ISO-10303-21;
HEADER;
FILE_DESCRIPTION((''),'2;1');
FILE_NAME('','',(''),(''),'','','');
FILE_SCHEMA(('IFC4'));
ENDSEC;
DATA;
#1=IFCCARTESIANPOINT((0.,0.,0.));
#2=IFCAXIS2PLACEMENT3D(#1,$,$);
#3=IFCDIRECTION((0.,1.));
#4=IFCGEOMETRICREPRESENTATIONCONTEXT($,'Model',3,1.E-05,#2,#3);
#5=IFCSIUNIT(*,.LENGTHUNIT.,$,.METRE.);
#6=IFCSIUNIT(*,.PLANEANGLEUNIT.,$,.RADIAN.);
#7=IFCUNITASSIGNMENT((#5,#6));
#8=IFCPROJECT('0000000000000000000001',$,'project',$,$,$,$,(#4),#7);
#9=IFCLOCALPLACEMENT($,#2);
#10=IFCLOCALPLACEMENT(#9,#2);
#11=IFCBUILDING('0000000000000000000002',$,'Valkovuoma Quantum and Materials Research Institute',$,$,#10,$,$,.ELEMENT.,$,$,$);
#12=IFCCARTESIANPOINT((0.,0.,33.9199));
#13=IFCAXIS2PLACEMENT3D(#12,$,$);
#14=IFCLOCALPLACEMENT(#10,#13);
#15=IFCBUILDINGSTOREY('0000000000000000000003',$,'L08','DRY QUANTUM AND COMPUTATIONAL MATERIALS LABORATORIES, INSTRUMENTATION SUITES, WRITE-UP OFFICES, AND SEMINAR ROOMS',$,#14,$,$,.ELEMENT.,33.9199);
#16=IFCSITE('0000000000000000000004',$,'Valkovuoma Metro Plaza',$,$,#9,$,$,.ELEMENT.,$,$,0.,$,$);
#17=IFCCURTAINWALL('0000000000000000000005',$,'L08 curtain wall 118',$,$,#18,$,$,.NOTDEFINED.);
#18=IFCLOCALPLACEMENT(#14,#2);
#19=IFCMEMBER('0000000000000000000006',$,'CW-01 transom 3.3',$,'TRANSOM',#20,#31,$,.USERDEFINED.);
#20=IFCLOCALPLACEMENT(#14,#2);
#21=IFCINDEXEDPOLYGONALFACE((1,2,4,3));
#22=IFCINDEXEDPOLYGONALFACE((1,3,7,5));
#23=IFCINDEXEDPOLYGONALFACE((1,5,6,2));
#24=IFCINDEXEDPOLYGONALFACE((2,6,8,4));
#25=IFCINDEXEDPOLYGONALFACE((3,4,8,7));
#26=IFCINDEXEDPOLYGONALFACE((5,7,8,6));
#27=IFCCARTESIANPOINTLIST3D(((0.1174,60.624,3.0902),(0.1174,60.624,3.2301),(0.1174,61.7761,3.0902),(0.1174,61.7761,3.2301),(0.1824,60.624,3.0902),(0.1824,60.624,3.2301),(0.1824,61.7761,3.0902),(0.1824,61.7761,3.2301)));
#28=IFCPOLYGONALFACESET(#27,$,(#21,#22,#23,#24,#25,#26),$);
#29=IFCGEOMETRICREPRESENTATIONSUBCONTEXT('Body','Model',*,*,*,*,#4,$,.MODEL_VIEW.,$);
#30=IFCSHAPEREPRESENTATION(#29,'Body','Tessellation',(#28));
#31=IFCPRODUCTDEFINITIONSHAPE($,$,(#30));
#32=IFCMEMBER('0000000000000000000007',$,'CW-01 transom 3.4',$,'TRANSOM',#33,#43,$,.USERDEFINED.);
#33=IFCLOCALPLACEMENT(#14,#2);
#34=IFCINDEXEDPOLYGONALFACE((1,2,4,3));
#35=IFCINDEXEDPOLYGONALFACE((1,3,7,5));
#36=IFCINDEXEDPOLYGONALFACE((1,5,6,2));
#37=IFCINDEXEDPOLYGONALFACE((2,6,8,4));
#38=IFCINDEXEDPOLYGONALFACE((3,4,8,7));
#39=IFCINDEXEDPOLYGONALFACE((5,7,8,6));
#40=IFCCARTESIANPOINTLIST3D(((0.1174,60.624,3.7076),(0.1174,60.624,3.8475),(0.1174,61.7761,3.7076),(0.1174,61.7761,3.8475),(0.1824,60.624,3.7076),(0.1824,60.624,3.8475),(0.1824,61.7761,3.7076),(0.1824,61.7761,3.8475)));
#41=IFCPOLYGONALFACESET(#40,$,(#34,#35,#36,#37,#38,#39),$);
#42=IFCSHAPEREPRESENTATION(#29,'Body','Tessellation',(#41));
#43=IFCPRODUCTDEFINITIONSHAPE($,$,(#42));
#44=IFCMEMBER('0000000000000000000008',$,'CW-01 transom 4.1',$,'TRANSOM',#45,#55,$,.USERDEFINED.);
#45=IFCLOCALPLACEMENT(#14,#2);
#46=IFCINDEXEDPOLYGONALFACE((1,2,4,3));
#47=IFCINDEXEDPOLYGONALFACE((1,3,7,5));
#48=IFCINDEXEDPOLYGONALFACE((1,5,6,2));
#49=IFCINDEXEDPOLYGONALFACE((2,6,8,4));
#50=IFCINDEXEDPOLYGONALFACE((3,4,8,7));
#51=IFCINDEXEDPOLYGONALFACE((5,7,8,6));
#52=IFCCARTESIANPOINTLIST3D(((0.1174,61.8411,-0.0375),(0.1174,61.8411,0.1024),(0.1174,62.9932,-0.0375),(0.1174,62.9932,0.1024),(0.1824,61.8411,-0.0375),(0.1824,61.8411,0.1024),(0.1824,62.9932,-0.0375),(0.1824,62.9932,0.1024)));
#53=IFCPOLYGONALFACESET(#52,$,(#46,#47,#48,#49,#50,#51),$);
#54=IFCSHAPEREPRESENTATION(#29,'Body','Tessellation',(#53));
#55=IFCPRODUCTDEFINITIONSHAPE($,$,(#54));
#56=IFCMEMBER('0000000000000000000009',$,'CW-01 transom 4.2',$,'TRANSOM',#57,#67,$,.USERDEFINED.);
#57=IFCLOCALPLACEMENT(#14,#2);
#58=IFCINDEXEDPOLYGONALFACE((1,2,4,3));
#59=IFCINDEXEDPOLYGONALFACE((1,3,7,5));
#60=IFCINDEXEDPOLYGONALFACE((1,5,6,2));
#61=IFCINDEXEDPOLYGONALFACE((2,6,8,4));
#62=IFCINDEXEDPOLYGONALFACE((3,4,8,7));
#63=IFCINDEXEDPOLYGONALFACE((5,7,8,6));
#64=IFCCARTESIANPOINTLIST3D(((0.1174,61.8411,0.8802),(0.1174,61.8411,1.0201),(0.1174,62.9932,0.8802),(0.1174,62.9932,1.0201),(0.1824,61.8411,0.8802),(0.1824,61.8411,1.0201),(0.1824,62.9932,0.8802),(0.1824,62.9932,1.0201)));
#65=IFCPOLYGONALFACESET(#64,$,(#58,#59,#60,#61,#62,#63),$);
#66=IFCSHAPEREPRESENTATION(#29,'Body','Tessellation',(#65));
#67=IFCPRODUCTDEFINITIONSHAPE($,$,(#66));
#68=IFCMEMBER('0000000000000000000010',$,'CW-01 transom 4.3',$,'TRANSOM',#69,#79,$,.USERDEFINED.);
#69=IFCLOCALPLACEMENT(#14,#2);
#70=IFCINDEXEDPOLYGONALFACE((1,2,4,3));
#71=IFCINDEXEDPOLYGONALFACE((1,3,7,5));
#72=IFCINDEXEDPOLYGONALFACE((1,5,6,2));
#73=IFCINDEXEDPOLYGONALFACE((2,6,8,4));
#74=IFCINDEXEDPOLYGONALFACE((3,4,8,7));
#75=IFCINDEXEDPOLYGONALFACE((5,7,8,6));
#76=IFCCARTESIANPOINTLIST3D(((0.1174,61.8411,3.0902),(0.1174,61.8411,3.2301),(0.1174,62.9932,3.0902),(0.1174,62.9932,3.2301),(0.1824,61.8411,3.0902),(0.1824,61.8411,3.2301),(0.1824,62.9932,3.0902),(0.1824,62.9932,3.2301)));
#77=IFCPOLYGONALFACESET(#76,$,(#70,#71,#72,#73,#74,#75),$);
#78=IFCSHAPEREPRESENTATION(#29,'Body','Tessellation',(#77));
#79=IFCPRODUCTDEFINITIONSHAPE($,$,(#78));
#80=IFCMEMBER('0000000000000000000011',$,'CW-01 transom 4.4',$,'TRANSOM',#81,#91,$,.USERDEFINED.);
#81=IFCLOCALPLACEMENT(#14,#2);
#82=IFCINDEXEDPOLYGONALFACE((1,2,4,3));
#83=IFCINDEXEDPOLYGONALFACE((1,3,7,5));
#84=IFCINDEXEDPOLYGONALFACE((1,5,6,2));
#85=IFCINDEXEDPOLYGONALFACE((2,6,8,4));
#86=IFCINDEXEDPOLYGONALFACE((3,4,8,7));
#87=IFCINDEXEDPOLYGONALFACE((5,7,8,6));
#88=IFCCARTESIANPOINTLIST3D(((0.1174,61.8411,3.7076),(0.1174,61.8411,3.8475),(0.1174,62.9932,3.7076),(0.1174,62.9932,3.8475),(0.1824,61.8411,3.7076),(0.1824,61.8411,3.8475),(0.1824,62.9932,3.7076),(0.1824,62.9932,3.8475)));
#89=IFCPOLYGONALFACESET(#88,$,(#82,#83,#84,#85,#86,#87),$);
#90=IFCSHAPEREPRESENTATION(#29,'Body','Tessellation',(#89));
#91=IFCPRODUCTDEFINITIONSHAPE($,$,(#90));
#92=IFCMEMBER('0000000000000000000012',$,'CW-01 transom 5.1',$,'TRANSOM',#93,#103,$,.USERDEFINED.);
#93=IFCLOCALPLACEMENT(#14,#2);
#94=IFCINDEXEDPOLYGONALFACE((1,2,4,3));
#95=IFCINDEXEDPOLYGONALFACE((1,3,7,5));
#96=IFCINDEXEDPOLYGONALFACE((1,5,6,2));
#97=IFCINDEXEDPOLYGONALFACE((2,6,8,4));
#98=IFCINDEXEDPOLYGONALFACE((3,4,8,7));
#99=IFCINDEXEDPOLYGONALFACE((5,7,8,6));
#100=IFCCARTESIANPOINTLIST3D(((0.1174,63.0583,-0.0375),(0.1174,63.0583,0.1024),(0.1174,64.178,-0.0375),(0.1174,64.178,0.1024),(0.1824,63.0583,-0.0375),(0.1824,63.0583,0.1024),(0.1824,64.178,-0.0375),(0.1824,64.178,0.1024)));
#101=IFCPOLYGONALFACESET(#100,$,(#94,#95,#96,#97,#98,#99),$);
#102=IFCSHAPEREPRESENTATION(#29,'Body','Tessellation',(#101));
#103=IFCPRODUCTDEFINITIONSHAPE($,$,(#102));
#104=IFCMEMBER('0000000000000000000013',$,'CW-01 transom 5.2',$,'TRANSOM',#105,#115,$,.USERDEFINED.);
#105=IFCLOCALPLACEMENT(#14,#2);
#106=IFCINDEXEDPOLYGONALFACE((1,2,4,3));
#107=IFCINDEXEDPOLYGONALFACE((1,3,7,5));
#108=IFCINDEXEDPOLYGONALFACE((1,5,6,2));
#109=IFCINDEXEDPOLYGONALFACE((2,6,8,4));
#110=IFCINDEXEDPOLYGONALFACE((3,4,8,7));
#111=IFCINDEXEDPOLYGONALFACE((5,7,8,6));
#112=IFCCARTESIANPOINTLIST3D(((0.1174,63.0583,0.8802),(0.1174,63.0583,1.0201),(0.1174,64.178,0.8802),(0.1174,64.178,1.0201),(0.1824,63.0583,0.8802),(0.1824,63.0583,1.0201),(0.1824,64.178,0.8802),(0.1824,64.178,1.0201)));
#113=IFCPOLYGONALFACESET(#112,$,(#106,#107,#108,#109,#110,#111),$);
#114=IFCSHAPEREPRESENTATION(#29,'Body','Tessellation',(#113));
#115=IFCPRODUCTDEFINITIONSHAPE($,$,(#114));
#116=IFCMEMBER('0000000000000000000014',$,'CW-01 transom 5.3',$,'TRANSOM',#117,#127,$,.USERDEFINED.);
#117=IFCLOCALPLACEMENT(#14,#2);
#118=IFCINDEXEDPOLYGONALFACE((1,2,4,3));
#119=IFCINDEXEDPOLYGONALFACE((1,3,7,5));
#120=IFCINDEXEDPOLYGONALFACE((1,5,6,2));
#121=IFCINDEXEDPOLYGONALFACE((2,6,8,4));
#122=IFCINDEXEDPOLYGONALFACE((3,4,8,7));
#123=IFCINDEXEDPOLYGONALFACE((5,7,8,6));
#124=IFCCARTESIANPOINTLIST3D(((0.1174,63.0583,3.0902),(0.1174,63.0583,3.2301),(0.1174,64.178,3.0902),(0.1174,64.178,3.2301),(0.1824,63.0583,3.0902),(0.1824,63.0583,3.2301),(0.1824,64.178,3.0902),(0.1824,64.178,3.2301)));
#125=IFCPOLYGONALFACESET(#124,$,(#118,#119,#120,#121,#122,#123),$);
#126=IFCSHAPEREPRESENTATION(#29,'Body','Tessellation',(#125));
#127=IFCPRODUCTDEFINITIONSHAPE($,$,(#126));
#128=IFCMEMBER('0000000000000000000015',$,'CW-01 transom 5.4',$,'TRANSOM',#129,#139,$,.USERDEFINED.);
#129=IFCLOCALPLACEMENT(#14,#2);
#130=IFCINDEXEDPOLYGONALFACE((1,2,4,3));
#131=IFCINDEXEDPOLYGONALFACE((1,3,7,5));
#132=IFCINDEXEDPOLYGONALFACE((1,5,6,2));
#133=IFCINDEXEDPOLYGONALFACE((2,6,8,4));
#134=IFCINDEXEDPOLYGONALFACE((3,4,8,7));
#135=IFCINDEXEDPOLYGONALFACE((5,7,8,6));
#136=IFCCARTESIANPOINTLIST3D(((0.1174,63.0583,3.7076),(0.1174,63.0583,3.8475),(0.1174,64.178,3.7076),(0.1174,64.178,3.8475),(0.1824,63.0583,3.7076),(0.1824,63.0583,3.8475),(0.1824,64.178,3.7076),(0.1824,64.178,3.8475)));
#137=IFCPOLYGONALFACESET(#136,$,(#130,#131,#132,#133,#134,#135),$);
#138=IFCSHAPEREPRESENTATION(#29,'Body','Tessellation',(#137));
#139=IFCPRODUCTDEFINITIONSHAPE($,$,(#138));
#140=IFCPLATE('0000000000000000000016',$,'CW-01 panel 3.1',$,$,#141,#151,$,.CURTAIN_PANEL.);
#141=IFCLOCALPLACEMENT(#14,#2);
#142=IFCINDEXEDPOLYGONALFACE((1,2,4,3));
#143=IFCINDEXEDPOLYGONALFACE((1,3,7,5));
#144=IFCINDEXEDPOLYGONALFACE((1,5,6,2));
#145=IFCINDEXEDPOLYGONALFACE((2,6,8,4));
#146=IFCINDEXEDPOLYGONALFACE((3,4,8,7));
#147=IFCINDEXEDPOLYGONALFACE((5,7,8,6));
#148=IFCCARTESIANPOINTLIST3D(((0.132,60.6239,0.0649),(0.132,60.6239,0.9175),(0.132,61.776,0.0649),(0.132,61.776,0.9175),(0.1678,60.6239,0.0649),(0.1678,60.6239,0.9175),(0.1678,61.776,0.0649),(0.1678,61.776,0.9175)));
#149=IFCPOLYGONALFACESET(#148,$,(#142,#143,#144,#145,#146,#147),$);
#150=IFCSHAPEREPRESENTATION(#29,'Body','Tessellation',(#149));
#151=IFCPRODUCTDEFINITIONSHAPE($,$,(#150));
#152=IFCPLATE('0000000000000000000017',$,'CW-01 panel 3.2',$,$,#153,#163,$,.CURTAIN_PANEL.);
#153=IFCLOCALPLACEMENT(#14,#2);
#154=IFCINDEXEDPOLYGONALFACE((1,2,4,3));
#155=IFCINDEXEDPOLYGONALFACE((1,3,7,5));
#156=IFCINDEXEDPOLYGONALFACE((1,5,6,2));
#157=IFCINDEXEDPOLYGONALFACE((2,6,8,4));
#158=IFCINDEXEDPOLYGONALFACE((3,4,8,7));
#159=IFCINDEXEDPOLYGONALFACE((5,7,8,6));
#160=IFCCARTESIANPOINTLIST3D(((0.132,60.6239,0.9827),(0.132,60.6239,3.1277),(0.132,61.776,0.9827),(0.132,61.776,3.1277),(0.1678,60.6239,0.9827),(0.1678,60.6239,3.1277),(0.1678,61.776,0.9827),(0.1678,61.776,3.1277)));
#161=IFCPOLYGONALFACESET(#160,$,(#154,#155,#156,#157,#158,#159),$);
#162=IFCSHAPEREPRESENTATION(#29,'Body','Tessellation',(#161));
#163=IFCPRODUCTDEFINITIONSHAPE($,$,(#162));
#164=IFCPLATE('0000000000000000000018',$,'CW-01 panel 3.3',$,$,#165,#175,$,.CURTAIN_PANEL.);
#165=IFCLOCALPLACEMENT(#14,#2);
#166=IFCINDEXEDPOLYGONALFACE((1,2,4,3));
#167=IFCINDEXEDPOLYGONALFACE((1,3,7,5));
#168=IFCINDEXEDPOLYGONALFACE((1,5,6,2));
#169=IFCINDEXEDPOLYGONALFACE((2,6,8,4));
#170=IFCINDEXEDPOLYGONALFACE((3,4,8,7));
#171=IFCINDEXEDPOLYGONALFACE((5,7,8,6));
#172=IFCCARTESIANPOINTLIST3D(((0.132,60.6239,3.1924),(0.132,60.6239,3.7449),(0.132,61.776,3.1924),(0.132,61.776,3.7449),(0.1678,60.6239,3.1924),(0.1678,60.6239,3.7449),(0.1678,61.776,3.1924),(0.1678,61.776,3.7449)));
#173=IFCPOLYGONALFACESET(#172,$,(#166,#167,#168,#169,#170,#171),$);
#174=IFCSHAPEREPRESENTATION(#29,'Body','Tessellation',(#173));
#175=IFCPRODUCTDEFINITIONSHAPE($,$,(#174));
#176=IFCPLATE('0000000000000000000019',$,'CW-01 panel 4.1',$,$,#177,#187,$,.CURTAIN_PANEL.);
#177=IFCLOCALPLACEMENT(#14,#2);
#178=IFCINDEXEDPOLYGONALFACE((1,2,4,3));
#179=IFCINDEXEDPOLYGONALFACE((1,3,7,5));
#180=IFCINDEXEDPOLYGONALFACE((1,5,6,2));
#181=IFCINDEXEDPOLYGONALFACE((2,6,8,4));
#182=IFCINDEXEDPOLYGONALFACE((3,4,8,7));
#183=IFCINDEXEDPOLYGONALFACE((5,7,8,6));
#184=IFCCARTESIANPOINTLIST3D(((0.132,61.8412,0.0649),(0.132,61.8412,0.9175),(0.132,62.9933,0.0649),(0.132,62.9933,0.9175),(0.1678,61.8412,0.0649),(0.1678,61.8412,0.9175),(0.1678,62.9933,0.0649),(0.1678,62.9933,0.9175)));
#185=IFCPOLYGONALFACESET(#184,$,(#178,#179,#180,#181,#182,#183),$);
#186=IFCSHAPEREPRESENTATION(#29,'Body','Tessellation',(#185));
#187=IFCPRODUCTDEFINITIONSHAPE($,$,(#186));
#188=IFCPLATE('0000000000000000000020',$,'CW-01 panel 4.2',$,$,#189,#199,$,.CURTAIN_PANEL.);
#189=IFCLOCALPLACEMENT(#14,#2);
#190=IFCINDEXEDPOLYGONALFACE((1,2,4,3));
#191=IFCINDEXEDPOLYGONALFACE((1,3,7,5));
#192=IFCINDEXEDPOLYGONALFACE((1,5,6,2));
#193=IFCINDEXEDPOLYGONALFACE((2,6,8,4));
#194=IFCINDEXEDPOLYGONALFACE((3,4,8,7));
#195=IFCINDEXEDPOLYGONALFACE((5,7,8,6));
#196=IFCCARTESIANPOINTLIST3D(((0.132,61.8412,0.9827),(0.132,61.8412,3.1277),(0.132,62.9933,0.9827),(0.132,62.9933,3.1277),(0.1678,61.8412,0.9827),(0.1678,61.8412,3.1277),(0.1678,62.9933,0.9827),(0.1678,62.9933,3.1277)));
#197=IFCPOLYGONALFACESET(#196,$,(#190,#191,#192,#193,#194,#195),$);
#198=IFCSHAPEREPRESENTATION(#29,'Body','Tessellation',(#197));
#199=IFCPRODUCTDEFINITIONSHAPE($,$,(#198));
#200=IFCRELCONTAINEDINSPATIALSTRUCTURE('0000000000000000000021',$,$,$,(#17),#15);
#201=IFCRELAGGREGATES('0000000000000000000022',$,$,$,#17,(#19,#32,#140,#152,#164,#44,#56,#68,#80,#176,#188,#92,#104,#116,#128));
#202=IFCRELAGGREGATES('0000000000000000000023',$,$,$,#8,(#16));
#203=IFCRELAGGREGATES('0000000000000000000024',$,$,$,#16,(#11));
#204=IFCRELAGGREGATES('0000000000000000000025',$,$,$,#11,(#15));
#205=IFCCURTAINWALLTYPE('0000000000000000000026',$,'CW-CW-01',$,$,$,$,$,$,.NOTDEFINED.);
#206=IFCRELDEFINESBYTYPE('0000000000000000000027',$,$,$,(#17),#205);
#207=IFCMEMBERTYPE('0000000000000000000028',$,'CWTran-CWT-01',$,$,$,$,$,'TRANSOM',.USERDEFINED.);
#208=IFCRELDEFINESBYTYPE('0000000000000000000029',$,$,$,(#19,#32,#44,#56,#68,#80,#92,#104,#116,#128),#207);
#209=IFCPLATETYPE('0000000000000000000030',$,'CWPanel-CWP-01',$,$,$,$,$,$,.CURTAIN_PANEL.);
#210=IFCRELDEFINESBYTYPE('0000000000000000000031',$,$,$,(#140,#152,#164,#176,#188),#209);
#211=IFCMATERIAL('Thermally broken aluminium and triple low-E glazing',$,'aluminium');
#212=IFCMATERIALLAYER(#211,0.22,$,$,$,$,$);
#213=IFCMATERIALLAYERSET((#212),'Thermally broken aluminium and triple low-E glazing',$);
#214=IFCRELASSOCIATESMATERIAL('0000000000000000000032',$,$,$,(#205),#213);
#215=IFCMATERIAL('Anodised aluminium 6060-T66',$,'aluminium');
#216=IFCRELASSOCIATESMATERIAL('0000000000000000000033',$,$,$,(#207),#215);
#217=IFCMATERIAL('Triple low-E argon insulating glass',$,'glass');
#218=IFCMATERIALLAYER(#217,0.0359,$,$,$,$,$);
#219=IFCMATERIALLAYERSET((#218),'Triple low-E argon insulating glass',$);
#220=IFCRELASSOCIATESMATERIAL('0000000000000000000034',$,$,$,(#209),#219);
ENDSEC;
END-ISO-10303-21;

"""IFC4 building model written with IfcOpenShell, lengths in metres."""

from ifc_helpers import new_model, si_unit, direction, frame, origin, origin_2d, place, context, subcontext, project, spatial, rectangle, extrude, material, layer, layer_set, material_profile, profile_set, type_object, element, aggregate, save


model = new_model("IFC4")

# Units and contexts
model_context = context("Model", 3, precision=1e-05, world=origin(), true_north=direction((0.0, 1.0)))
body_context = subcontext(model_context, "Body", "Model", "MODEL_VIEW")
ifc_project = project(units=[si_unit("LENGTHUNIT", "METRE"), si_unit("PLANEANGLEUNIT", "RADIAN")], contexts=[model_context])

# Site, building, storey
site_placement = place(None, origin())
site = spatial("IfcSite", under=ifc_project, at=site_placement, Name="Valkovuoma Metro Plaza", CompositionType="ELEMENT", RefElevation=0.0)
building_placement = place(site_placement, origin())
building = spatial("IfcBuilding", under=site, at=building_placement, Name="Valkovuoma Quantum and Materials Research Institute", CompositionType="ELEMENT")
storey_placement = place(building_placement, frame((0.0, 0.0, 33.9199)))
storey = spatial("IfcBuildingStorey", under=building, at=storey_placement, Name="L08", Description="DRY QUANTUM AND COMPUTATIONAL MATERIALS LABORATORIES, INSTRUMENTATION SUITES, WRITE-UP OFFICES, AND SEMINAR ROOMS", CompositionType="ELEMENT", Elevation=33.9199)

# Curtain wall, members, plates
ifc_material_1 = material(Name="Thermally broken aluminium and triple low-E glazing", Category="aluminium")
ifc_layer_1 = layer(ifc_material_1, 0.22)
ifc_layer_set_1 = layer_set([ifc_layer_1], Name="Thermally broken aluminium and triple low-E glazing")
curtain_wall_type = type_object("IfcCurtainWallType", Name="CW-CW-01", PredefinedType="NOTDEFINED", material=ifc_layer_set_1)
curtain_wall_placement = place(storey_placement, origin())
curtain_wall = element("IfcCurtainWall", 1, at=curtain_wall_placement, inside=storey, type_object=curtain_wall_type, Name="L08 curtain wall 118", PredefinedType="NOTDEFINED")
ifc_material_2 = material(Name="Anodised aluminium 6060-T66", Category="aluminium")
ifc_material_profile_1 = material_profile(ifc_material_2, rectangle(XDim=0.0649, YDim=0.1399, at=origin_2d()), Name="Anodised aluminium 6060-T66")
ifc_profile_set_1 = profile_set([ifc_material_profile_1], Name="Anodised aluminium 6060-T66")
member_type_1 = type_object("IfcMemberType", Name="CWTran-CWT-01", ElementType="TRANSOM", PredefinedType="USERDEFINED", material=ifc_profile_set_1)
member_1_placement = place(storey_placement, frame((0.1499, 60.624, 3.1602), z_axis=(0.0, 1.0, 0.0), x_axis=(-1.0, 0.0, 0.0)))
member_1 = element("IfcMember", 2, at=member_1_placement, type_object=member_type_1, Name="CW-01 transom 3.3", ObjectType="TRANSOM", PredefinedType="USERDEFINED", context=body_context, shape_type="SweptSolid", body=[
    extrude(rectangle(XDim=0.0649, YDim=0.1399, at=origin_2d()), origin(), (0.0, 0.0, 1.0), 1.1521),
])
member_2_placement = place(storey_placement, frame((0.1499, 60.624, 3.7776), z_axis=(0.0, 1.0, 0.0), x_axis=(-1.0, 0.0, 0.0)))
member_2 = element("IfcMember", 3, at=member_2_placement, type_object=member_type_1, Name="CW-01 transom 3.4", ObjectType="TRANSOM", PredefinedType="USERDEFINED", context=body_context, shape_type="SweptSolid", body=[
    extrude(rectangle(XDim=0.0649, YDim=0.1399, at=origin_2d()), origin(), (0.0, 0.0, 1.0), 1.1521),
])
member_3_placement = place(storey_placement, frame((0.1499, 61.8411, 0.0325), z_axis=(0.0, 1.0, 0.0), x_axis=(-1.0, 0.0, 0.0)))
member_3 = element("IfcMember", 4, at=member_3_placement, type_object=member_type_1, Name="CW-01 transom 4.1", ObjectType="TRANSOM", PredefinedType="USERDEFINED", context=body_context, shape_type="SweptSolid", body=[
    extrude(rectangle(XDim=0.0649, YDim=0.1399, at=origin_2d()), origin(), (0.0, 0.0, 1.0), 1.1521),
])
member_4_placement = place(storey_placement, frame((0.1499, 61.8411, 0.9502), z_axis=(0.0, 1.0, 0.0), x_axis=(-1.0, 0.0, 0.0)))
member_4 = element("IfcMember", 5, at=member_4_placement, type_object=member_type_1, Name="CW-01 transom 4.2", ObjectType="TRANSOM", PredefinedType="USERDEFINED", context=body_context, shape_type="SweptSolid", body=[
    extrude(rectangle(XDim=0.0649, YDim=0.1399, at=origin_2d()), origin(), (0.0, 0.0, 1.0), 1.1521),
])
member_5_placement = place(storey_placement, frame((0.1499, 61.8411, 3.1602), z_axis=(0.0, 1.0, 0.0), x_axis=(-1.0, 0.0, 0.0)))
member_5 = element("IfcMember", 6, at=member_5_placement, type_object=member_type_1, Name="CW-01 transom 4.3", ObjectType="TRANSOM", PredefinedType="USERDEFINED", context=body_context, shape_type="SweptSolid", body=[
    extrude(rectangle(XDim=0.0649, YDim=0.1399, at=origin_2d()), origin(), (0.0, 0.0, 1.0), 1.1521),
])
member_6_placement = place(storey_placement, frame((0.1499, 61.8411, 3.7776), z_axis=(0.0, 1.0, 0.0), x_axis=(-1.0, 0.0, 0.0)))
member_6 = element("IfcMember", 7, at=member_6_placement, type_object=member_type_1, Name="CW-01 transom 4.4", ObjectType="TRANSOM", PredefinedType="USERDEFINED", context=body_context, shape_type="SweptSolid", body=[
    extrude(rectangle(XDim=0.0649, YDim=0.1399, at=origin_2d()), origin(), (0.0, 0.0, 1.0), 1.1521),
])
member_7_placement = place(storey_placement, frame((0.1499, 63.0583, 0.0325), z_axis=(0.0, 1.0, 0.0), x_axis=(-1.0, 0.0, 0.0)))
member_7 = element("IfcMember", 8, at=member_7_placement, type_object=member_type_1, Name="CW-01 transom 5.1", ObjectType="TRANSOM", PredefinedType="USERDEFINED", context=body_context, shape_type="SweptSolid", body=[
    extrude(rectangle(XDim=0.0649, YDim=0.1399, at=origin_2d()), origin(), (0.0, 0.0, 1.0), 1.1196),
])
member_8_placement = place(storey_placement, frame((0.1499, 63.0583, 0.9502), z_axis=(0.0, 1.0, 0.0), x_axis=(-1.0, 0.0, 0.0)))
member_8 = element("IfcMember", 9, at=member_8_placement, type_object=member_type_1, Name="CW-01 transom 5.2", ObjectType="TRANSOM", PredefinedType="USERDEFINED", context=body_context, shape_type="SweptSolid", body=[
    extrude(rectangle(XDim=0.0649, YDim=0.1399, at=origin_2d()), origin(), (0.0, 0.0, 1.0), 1.1196),
])
member_9_placement = place(storey_placement, frame((0.1499, 63.0583, 3.1602), z_axis=(0.0, 1.0, 0.0), x_axis=(-1.0, 0.0, 0.0)))
member_9 = element("IfcMember", 10, at=member_9_placement, type_object=member_type_1, Name="CW-01 transom 5.3", ObjectType="TRANSOM", PredefinedType="USERDEFINED", context=body_context, shape_type="SweptSolid", body=[
    extrude(rectangle(XDim=0.0649, YDim=0.1399, at=origin_2d()), origin(), (0.0, 0.0, 1.0), 1.1196),
])
member_10_placement = place(storey_placement, frame((0.1499, 63.0583, 3.7776), z_axis=(0.0, 1.0, 0.0), x_axis=(-1.0, 0.0, 0.0)))
member_10 = element("IfcMember", 11, at=member_10_placement, type_object=member_type_1, Name="CW-01 transom 5.4", ObjectType="TRANSOM", PredefinedType="USERDEFINED", context=body_context, shape_type="SweptSolid", body=[
    extrude(rectangle(XDim=0.0649, YDim=0.1399, at=origin_2d()), origin(), (0.0, 0.0, 1.0), 1.1196),
])
ifc_material_3 = material(Name="Triple low-E argon insulating glass", Category="glass")
ifc_layer_2 = layer(ifc_material_3, 0.0359)
ifc_layer_set_2 = layer_set([ifc_layer_2], Name="Triple low-E argon insulating glass")
plate_type = type_object("IfcPlateType", Name="CWPanel-CWP-01", PredefinedType="CURTAIN_PANEL", material=ifc_layer_set_2)
plate_1_placement = place(storey_placement, frame((0.1499, 61.2, 0.0649), z_axis=(0.0, 0.0, 1.0), x_axis=(0.0, 1.0, 0.0)))
plate_1 = element("IfcPlate", 12, at=plate_1_placement, type_object=plate_type, Name="CW-01 panel 3.1", PredefinedType="CURTAIN_PANEL", context=body_context, shape_type="SweptSolid", body=[
    extrude(rectangle(XDim=1.1521, YDim=0.0359, at=origin_2d()), origin(), (0.0, 0.0, 1.0), 0.8525),
])
plate_2_placement = place(storey_placement, frame((0.1499, 61.2, 0.9827), z_axis=(0.0, 0.0, 1.0), x_axis=(0.0, 1.0, 0.0)))
plate_2 = element("IfcPlate", 13, at=plate_2_placement, type_object=plate_type, Name="CW-01 panel 3.2", PredefinedType="CURTAIN_PANEL", context=body_context, shape_type="SweptSolid", body=[
    extrude(rectangle(XDim=1.1521, YDim=0.0359, at=origin_2d()), origin(), (0.0, 0.0, 1.0), 2.145),
])
plate_3_placement = place(storey_placement, frame((0.1499, 61.2, 3.1924), z_axis=(0.0, 0.0, 1.0), x_axis=(0.0, 1.0, 0.0)))
plate_3 = element("IfcPlate", 14, at=plate_3_placement, type_object=plate_type, Name="CW-01 panel 3.3", PredefinedType="CURTAIN_PANEL", context=body_context, shape_type="SweptSolid", body=[
    extrude(rectangle(XDim=1.1521, YDim=0.0359, at=origin_2d()), origin(), (0.0, 0.0, 1.0), 0.5525),
])
plate_4_placement = place(storey_placement, frame((0.1499, 62.4172, 0.0649), z_axis=(0.0, 0.0, 1.0), x_axis=(0.0, 1.0, 0.0)))
plate_4 = element("IfcPlate", 15, at=plate_4_placement, type_object=plate_type, Name="CW-01 panel 4.1", PredefinedType="CURTAIN_PANEL", context=body_context, shape_type="SweptSolid", body=[
    extrude(rectangle(XDim=1.1521, YDim=0.0359, at=origin_2d()), origin(), (0.0, 0.0, 1.0), 0.8525),
])
plate_5_placement = place(storey_placement, frame((0.1499, 62.4172, 0.9827), z_axis=(0.0, 0.0, 1.0), x_axis=(0.0, 1.0, 0.0)))
plate_5 = element("IfcPlate", 16, at=plate_5_placement, type_object=plate_type, Name="CW-01 panel 4.2", PredefinedType="CURTAIN_PANEL", context=body_context, shape_type="SweptSolid", body=[
    extrude(rectangle(XDim=1.1521, YDim=0.0359, at=origin_2d()), origin(), (0.0, 0.0, 1.0), 2.145),
])
aggregate(curtain_wall, [member_1, member_2, plate_1, plate_2, plate_3, member_3, member_4, member_5, member_6, plate_4, plate_5, member_7, member_8, member_9, member_10])

save(model, "model.ifc")
